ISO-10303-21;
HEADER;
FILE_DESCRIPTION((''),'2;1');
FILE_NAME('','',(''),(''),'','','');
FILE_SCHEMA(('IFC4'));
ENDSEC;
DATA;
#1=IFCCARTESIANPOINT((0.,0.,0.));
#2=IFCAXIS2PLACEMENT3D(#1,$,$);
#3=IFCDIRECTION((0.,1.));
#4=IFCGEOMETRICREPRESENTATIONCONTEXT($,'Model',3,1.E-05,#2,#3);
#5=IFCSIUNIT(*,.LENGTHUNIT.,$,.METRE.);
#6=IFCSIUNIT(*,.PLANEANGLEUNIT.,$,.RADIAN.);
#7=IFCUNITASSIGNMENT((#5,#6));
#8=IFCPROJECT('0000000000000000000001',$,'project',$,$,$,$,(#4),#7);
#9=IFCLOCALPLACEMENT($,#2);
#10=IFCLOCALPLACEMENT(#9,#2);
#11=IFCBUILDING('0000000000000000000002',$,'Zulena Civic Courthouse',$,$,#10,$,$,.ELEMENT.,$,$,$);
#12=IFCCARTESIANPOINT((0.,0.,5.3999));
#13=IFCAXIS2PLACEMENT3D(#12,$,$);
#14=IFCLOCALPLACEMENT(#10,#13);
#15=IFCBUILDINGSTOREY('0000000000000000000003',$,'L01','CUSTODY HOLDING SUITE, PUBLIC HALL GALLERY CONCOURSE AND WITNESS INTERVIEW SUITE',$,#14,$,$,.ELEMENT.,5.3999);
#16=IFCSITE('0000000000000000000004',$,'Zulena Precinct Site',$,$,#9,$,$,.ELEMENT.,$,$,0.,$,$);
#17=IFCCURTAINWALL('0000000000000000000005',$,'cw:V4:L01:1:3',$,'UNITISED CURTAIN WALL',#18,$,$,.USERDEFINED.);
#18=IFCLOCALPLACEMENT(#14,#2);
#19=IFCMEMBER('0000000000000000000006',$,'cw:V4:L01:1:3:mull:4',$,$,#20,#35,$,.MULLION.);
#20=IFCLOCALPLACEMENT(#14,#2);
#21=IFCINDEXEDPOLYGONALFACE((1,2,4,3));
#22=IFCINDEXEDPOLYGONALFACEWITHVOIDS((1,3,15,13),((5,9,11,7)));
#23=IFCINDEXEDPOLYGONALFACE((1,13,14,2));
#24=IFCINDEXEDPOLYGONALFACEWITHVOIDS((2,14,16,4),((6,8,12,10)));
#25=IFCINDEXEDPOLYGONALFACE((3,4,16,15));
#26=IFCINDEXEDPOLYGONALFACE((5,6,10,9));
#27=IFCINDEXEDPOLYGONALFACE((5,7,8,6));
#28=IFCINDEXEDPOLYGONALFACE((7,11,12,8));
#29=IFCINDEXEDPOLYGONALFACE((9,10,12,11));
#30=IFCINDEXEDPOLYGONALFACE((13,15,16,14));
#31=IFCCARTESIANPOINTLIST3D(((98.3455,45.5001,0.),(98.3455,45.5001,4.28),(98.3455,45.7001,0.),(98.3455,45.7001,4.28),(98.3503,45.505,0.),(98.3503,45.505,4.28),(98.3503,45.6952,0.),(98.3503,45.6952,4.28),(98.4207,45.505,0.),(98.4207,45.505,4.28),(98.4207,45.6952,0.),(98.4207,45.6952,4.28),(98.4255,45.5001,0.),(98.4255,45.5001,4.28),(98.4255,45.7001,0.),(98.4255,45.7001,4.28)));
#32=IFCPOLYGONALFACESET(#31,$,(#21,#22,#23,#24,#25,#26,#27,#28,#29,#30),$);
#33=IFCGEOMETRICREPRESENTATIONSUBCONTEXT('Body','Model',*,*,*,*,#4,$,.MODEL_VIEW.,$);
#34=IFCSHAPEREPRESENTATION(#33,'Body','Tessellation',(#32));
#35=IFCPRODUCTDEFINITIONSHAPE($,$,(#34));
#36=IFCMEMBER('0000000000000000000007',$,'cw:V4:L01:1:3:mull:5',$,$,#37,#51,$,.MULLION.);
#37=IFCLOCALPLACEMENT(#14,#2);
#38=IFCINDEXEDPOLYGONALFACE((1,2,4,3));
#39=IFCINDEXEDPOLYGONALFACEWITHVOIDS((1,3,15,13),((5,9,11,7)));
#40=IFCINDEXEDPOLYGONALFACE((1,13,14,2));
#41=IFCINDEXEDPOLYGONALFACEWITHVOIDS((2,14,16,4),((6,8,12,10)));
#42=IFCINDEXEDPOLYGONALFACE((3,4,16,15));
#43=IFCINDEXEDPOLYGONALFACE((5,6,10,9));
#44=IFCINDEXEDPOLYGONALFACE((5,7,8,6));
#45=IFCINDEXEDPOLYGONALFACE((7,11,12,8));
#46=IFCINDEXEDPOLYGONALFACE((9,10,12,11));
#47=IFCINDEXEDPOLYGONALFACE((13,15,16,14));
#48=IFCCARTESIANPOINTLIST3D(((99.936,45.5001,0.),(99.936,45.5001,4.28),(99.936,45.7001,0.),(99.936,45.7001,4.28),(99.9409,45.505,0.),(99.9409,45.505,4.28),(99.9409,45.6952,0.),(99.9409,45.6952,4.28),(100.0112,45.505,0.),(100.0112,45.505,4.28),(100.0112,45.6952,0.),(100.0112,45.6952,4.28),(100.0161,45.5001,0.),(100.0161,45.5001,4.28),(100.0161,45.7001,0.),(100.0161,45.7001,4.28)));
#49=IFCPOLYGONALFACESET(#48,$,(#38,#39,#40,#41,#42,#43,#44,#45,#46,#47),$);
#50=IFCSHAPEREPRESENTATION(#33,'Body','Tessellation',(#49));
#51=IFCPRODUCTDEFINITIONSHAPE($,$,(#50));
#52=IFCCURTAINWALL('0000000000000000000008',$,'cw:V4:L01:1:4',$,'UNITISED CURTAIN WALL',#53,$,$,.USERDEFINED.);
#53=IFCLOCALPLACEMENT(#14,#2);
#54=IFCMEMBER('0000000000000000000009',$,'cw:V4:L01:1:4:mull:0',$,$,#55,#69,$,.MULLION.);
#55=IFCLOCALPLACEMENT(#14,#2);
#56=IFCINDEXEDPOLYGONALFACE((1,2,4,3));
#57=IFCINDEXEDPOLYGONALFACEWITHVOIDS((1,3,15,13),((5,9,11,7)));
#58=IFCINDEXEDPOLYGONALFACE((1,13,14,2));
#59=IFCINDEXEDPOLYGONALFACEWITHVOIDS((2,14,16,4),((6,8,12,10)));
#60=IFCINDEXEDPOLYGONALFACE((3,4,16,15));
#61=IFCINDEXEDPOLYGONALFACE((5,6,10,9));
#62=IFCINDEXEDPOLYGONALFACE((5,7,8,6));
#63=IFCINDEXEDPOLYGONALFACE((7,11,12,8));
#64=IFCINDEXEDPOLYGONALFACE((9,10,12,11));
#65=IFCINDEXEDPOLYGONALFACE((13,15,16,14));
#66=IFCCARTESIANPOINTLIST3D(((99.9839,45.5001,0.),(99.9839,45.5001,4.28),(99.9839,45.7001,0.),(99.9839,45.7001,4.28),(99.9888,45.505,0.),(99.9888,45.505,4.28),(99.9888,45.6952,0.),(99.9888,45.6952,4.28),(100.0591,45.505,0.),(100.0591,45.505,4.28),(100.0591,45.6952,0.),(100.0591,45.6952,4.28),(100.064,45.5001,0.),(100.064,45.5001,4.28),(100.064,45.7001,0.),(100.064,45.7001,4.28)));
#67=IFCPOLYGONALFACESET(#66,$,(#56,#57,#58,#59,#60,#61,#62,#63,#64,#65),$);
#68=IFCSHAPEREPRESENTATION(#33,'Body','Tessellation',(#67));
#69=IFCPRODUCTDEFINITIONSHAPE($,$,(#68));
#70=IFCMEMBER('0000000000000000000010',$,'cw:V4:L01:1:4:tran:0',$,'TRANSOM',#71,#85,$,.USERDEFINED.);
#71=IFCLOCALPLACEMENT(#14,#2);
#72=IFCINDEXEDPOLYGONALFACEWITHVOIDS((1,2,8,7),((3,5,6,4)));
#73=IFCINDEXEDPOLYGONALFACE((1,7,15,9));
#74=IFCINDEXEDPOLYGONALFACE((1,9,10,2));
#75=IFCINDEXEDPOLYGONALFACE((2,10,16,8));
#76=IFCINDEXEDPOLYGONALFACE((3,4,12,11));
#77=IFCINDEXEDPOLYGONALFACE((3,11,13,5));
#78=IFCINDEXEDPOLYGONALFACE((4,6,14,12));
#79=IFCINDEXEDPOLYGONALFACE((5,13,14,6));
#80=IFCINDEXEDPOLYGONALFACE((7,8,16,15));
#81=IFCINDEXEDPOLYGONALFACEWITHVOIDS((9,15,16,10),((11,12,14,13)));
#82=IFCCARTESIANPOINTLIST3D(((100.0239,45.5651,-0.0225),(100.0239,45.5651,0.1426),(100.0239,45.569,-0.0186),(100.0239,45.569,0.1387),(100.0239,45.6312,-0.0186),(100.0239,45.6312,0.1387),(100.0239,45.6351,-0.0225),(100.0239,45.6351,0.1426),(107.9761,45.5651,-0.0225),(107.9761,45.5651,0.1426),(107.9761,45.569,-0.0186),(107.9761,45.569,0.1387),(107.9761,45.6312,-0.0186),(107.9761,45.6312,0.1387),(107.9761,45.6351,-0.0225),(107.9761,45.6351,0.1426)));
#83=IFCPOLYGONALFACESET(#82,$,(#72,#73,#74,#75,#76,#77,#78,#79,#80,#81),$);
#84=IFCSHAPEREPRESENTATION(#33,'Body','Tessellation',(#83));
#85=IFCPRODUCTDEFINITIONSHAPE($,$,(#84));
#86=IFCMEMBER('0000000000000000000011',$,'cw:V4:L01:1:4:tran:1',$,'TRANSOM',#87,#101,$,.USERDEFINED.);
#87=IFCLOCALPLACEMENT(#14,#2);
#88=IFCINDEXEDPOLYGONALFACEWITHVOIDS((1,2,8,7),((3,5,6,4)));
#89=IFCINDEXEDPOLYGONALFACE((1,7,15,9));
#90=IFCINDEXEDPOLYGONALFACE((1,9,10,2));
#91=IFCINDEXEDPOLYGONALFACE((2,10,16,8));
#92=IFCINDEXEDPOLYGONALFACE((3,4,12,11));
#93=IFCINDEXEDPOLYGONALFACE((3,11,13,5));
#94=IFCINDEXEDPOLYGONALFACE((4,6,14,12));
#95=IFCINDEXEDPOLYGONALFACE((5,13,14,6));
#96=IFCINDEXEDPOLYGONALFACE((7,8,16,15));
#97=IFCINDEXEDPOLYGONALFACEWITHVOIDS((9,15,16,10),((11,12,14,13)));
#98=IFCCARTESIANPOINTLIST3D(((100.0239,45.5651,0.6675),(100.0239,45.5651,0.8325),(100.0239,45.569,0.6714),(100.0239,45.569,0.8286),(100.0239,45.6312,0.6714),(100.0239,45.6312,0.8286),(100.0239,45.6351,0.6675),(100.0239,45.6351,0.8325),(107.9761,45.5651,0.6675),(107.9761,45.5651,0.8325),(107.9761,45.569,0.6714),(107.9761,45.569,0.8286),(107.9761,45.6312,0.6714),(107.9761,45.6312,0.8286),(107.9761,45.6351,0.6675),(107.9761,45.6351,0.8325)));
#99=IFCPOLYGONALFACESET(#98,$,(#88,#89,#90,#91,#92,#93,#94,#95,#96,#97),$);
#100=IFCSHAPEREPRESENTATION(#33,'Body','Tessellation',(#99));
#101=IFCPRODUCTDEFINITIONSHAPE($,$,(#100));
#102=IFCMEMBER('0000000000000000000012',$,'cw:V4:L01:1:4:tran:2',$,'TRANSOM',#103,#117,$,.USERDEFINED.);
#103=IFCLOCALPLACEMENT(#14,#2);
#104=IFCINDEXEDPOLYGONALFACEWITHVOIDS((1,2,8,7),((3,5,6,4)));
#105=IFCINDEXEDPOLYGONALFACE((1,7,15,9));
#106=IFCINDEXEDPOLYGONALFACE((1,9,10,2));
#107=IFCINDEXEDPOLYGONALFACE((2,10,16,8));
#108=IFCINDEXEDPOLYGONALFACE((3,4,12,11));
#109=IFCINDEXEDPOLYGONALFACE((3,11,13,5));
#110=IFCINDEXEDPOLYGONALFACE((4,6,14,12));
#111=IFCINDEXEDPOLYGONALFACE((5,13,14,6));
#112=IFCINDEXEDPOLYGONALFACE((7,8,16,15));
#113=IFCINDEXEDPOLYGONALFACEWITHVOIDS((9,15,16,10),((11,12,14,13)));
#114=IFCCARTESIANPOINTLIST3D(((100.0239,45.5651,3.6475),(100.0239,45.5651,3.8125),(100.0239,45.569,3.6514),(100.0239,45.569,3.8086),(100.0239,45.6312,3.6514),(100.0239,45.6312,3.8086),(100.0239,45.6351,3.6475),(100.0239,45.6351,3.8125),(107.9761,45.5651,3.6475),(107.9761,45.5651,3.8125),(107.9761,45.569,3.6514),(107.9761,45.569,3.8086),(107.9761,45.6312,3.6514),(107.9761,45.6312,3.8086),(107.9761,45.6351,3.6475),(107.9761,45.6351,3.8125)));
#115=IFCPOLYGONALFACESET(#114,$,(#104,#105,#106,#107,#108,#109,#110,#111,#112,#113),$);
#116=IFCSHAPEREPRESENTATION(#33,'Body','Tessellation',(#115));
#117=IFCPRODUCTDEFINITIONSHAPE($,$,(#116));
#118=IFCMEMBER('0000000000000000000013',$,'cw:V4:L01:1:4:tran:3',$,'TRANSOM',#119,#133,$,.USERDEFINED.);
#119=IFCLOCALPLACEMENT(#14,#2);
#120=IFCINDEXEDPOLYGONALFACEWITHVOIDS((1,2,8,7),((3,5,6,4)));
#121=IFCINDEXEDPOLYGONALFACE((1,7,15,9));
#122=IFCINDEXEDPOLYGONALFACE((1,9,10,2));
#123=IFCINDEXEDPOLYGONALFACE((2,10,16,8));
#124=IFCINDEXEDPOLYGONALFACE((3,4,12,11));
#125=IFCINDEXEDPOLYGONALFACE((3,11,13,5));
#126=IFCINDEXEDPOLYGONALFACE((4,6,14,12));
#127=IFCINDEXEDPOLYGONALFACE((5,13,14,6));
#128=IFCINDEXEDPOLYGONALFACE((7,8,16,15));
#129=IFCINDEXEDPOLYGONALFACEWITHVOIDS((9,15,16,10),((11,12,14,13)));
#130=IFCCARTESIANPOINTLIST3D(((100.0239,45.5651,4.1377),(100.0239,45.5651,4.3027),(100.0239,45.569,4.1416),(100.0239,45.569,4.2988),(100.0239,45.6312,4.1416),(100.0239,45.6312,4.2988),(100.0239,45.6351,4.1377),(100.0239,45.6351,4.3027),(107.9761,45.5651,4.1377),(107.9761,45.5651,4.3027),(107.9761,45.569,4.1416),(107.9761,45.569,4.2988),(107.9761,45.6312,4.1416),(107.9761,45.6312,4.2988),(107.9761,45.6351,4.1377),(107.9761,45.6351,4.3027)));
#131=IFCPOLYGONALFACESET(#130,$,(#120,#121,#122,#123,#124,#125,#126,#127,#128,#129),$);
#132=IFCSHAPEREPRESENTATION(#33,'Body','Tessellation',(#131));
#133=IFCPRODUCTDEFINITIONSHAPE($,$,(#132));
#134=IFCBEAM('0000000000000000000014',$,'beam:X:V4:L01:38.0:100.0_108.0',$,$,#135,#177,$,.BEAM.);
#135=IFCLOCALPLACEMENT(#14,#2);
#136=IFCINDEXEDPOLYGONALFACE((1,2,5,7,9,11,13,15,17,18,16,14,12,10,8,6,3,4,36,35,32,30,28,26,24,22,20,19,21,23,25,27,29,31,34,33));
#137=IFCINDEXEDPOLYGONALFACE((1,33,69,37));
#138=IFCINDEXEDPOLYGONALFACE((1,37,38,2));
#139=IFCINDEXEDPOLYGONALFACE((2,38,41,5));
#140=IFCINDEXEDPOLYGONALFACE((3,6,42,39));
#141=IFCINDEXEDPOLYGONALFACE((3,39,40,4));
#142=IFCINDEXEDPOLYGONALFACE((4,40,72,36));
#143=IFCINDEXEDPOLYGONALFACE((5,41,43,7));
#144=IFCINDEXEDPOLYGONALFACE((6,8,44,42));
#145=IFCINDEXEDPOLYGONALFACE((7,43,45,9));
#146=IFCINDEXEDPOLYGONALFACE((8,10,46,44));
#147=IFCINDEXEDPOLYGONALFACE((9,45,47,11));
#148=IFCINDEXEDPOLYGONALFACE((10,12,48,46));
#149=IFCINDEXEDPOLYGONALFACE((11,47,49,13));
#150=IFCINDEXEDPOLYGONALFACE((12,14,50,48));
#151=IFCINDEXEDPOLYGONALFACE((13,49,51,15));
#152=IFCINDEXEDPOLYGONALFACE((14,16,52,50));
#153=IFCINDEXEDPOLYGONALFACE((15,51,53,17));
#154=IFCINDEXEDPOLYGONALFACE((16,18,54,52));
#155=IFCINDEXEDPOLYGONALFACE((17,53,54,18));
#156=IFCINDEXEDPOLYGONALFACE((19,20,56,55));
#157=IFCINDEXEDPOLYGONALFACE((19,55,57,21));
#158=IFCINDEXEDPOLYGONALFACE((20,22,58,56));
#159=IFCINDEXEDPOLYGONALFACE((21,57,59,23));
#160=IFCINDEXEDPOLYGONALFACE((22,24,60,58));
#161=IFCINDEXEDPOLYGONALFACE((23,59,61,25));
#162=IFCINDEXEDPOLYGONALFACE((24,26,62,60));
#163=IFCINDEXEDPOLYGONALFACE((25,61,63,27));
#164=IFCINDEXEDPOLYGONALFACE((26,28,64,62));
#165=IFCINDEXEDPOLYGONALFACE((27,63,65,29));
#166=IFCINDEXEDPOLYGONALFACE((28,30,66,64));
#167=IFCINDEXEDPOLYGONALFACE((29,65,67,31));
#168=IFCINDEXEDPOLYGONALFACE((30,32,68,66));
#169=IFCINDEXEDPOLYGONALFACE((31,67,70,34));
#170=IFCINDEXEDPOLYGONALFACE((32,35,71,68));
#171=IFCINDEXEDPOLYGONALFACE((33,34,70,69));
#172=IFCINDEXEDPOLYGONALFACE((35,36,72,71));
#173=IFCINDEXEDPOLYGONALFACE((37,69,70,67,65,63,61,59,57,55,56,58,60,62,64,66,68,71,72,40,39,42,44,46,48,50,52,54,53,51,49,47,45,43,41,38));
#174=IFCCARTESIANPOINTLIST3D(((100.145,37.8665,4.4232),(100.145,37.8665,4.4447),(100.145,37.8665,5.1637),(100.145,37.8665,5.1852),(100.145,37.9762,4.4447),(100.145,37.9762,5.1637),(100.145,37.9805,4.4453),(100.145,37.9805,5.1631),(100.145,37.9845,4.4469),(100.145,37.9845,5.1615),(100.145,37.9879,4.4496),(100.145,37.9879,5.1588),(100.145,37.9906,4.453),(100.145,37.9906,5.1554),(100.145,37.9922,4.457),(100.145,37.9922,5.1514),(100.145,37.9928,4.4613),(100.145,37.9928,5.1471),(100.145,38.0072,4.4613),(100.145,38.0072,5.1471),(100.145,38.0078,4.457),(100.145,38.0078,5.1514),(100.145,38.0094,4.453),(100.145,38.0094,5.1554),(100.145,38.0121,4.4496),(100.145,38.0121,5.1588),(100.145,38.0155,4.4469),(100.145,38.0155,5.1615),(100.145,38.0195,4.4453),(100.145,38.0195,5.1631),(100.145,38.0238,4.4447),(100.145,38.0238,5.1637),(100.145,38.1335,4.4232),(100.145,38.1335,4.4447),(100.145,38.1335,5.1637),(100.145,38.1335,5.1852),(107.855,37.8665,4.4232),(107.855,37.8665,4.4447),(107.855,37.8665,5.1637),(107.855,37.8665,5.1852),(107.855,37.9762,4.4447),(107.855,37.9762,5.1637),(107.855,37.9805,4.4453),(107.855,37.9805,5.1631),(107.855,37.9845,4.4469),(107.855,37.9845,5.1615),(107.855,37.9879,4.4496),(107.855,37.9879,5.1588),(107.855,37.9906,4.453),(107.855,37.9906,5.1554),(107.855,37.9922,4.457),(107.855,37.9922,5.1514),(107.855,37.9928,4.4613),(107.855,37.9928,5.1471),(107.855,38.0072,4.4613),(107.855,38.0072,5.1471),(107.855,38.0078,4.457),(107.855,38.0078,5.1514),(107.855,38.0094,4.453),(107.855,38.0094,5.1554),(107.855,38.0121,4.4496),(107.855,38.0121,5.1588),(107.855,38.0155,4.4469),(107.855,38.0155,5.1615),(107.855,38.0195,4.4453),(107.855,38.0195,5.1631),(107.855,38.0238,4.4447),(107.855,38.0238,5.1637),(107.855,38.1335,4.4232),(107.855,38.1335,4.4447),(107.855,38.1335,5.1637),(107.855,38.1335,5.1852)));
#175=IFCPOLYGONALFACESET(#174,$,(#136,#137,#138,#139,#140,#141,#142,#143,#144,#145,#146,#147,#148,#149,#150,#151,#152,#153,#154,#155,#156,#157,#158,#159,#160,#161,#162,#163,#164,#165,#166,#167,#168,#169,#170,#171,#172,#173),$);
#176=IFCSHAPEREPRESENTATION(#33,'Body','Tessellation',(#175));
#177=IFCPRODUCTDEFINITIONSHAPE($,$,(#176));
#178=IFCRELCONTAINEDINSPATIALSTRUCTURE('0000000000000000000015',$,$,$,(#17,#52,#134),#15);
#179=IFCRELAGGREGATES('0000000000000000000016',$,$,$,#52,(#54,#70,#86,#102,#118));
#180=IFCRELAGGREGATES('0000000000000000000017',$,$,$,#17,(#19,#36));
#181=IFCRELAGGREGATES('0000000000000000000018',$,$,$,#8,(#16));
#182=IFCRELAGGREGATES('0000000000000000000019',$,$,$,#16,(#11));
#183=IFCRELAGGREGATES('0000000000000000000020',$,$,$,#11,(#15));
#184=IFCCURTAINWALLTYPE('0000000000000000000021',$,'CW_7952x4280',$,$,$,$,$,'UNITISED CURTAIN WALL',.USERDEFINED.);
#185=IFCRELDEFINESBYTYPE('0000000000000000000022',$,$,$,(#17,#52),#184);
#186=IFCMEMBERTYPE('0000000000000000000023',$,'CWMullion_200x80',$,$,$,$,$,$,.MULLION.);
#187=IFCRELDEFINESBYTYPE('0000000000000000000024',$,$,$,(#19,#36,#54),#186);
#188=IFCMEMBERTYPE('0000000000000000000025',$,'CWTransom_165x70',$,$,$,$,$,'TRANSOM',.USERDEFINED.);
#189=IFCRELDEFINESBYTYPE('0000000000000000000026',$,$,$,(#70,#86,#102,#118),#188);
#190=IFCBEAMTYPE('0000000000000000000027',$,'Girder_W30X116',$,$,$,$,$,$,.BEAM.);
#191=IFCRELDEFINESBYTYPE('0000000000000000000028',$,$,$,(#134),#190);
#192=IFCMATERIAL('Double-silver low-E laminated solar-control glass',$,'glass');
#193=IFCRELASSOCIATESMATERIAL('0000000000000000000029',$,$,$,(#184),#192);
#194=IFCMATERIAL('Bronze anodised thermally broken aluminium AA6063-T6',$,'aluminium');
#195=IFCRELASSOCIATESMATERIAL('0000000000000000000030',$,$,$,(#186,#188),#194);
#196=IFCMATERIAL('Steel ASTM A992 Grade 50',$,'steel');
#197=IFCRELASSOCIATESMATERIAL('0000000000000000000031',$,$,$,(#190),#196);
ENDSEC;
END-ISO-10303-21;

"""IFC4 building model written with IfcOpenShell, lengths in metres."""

from ifc_helpers import new_model, si_unit, direction, frame, origin, origin_2d, place, context, subcontext, project, spatial, hollow_rectangle, i_section, extrude, material, material_profile, profile_set, type_object, element, aggregate, save


model = new_model("IFC4")

# Units and contexts
model_context = context("Model", 3, precision=1e-05, world=origin(), true_north=direction((0.0, 1.0)))
body_context = subcontext(model_context, "Body", "Model", "MODEL_VIEW")
ifc_project = project(units=[si_unit("LENGTHUNIT", "METRE"), si_unit("PLANEANGLEUNIT", "RADIAN")], contexts=[model_context])

# Site, building, storey
site_placement = place(None, origin())
site = spatial("IfcSite", under=ifc_project, at=site_placement, Name="Zulena Precinct Site", CompositionType="ELEMENT", RefElevation=0.0)
building_placement = place(site_placement, origin())
building = spatial("IfcBuilding", under=site, at=building_placement, Name="Zulena Civic Courthouse", CompositionType="ELEMENT")
storey_placement = place(building_placement, frame((0.0, 0.0, 5.3999)))
storey = spatial("IfcBuildingStorey", under=building, at=storey_placement, Name="L01", Description="CUSTODY HOLDING SUITE, PUBLIC HALL GALLERY CONCOURSE AND WITNESS INTERVIEW SUITE", CompositionType="ELEMENT", Elevation=5.3999)

# Shared definitions
ifc_material_1 = material(Name="Steel ASTM A992 Grade 50", Category="steel")

# Curtain walls, members
ifc_material_2 = material(Name="Double-silver low-E laminated solar-control glass", Category="glass")
curtain_wall_type = type_object("IfcCurtainWallType", Name="CW_7952x4280", ElementType="UNITISED CURTAIN WALL", PredefinedType="USERDEFINED", material=ifc_material_2)
curtain_wall_1_placement = place(storey_placement, origin())
curtain_wall_1 = element("IfcCurtainWall", 1, at=curtain_wall_1_placement, inside=storey, type_object=curtain_wall_type, Name="cw:V4:L01:1:3", ObjectType="UNITISED CURTAIN WALL", PredefinedType="USERDEFINED")
ifc_material_3 = material(Name="Bronze anodised thermally broken aluminium AA6063-T6", Category="aluminium")
ifc_material_profile_1 = material_profile(ifc_material_3, hollow_rectangle(XDim=0.0801, YDim=0.2, WallThickness=0.0049, at=origin_2d()), Name="CWM200X80X5")
ifc_profile_set_1 = profile_set([ifc_material_profile_1], Name="Bronze anodised thermally broken aluminium AA6063-T6")
member_type_1 = type_object("IfcMemberType", Name="CWMullion_200x80", PredefinedType="MULLION", material=ifc_profile_set_1)
member_1_placement = place(storey_placement, frame((98.3855, 45.6001, 0.0), z_axis=(0.0, 0.0, 1.0), x_axis=(1.0, 0.0, 0.0)))
member_1 = element("IfcMember", 2, at=member_1_placement, type_object=member_type_1, Name="cw:V4:L01:1:3:mull:4", PredefinedType="MULLION", context=body_context, shape_type="SweptSolid", body=[
    extrude(hollow_rectangle(XDim=0.0801, YDim=0.2, WallThickness=0.0049, at=origin_2d()), origin(), (0.0, 0.0, 1.0), 4.28),
])
member_2_placement = place(storey_placement, frame((99.9761, 45.6001, 0.0), z_axis=(0.0, 0.0, 1.0), x_axis=(1.0, 0.0, 0.0)))
member_2 = element("IfcMember", 3, at=member_2_placement, type_object=member_type_1, Name="cw:V4:L01:1:3:mull:5", PredefinedType="MULLION", context=body_context, shape_type="SweptSolid", body=[
    extrude(hollow_rectangle(XDim=0.0801, YDim=0.2, WallThickness=0.0049, at=origin_2d()), origin(), (0.0, 0.0, 1.0), 4.28),
])
curtain_wall_2_placement = place(storey_placement, origin())
curtain_wall_2 = element("IfcCurtainWall", 4, at=curtain_wall_2_placement, inside=storey, type_object=curtain_wall_type, Name="cw:V4:L01:1:4", ObjectType="UNITISED CURTAIN WALL", PredefinedType="USERDEFINED")
member_3_placement = place(storey_placement, frame((100.0239, 45.6001, 0.0), z_axis=(0.0, 0.0, 1.0), x_axis=(1.0, 0.0, 0.0)))
member_3 = element("IfcMember", 5, at=member_3_placement, type_object=member_type_1, Name="cw:V4:L01:1:4:mull:0", PredefinedType="MULLION", context=body_context, shape_type="SweptSolid", body=[
    extrude(hollow_rectangle(XDim=0.0801, YDim=0.2, WallThickness=0.0049, at=origin_2d()), origin(), (0.0, 0.0, 1.0), 4.28),
])
ifc_material_profile_2 = material_profile(ifc_material_3, hollow_rectangle(XDim=0.0701, YDim=0.165, WallThickness=0.0039, at=origin_2d()), Name="CWT165X70X4")
ifc_profile_set_2 = profile_set([ifc_material_profile_2], Name="Bronze anodised thermally broken aluminium AA6063-T6")
member_type_2 = type_object("IfcMemberType", Name="CWTransom_165x70", ElementType="TRANSOM", PredefinedType="USERDEFINED", material=ifc_profile_set_2)
member_4_placement = place(storey_placement, frame((100.0239, 45.6001, 0.0601), z_axis=(1.0, 0.0, 0.0), x_axis=(0.0, 1.0, 0.0)))
member_4 = element("IfcMember", 6, at=member_4_placement, type_object=member_type_2, Name="cw:V4:L01:1:4:tran:0", ObjectType="TRANSOM", PredefinedType="USERDEFINED", context=body_context, shape_type="SweptSolid", body=[
    extrude(hollow_rectangle(XDim=0.0701, YDim=0.165, WallThickness=0.0039, at=origin_2d()), origin(), (0.0, 0.0, 1.0), 7.9521),
])
member_5_placement = place(storey_placement, frame((100.0239, 45.6001, 0.75), z_axis=(1.0, 0.0, 0.0), x_axis=(0.0, 1.0, 0.0)))
member_5 = element("IfcMember", 7, at=member_5_placement, type_object=member_type_2, Name="cw:V4:L01:1:4:tran:1", ObjectType="TRANSOM", PredefinedType="USERDEFINED", context=body_context, shape_type="SweptSolid", body=[
    extrude(hollow_rectangle(XDim=0.0701, YDim=0.165, WallThickness=0.0039, at=origin_2d()), origin(), (0.0, 0.0, 1.0), 7.9521),
])
member_6_placement = place(storey_placement, frame((100.0239, 45.6001, 3.73), z_axis=(1.0, 0.0, 0.0), x_axis=(0.0, 1.0, 0.0)))
member_6 = element("IfcMember", 8, at=member_6_placement, type_object=member_type_2, Name="cw:V4:L01:1:4:tran:2", ObjectType="TRANSOM", PredefinedType="USERDEFINED", context=body_context, shape_type="SweptSolid", body=[
    extrude(hollow_rectangle(XDim=0.0701, YDim=0.165, WallThickness=0.0039, at=origin_2d()), origin(), (0.0, 0.0, 1.0), 7.9521),
])
member_7_placement = place(storey_placement, frame((100.0239, 45.6001, 4.2202), z_axis=(1.0, 0.0, 0.0), x_axis=(0.0, 1.0, 0.0)))
member_7 = element("IfcMember", 9, at=member_7_placement, type_object=member_type_2, Name="cw:V4:L01:1:4:tran:3", ObjectType="TRANSOM", PredefinedType="USERDEFINED", context=body_context, shape_type="SweptSolid", body=[
    extrude(hollow_rectangle(XDim=0.0701, YDim=0.165, WallThickness=0.0039, at=origin_2d()), origin(), (0.0, 0.0, 1.0), 7.9521),
])
aggregate(curtain_wall_2, [member_3, member_4, member_5, member_6, member_7])

# Beam
ifc_material_profile_3 = material_profile(ifc_material_1, i_section(OverallWidth=0.2671, OverallDepth=0.762, WebThickness=0.0144, FlangeThickness=0.0215, FilletRadius=0.0166, at=origin_2d()), Name="W30X116")
ifc_profile_set_3 = profile_set([ifc_material_profile_3], Name="Steel ASTM A992 Grade 50")
beam_type_1 = type_object("IfcBeamType", Name="Girder_W30X116", PredefinedType="BEAM", material=ifc_profile_set_3)
beam_1_placement = place(storey_placement, frame((100.145, 38.0, 4.8042), z_axis=(1.0, 0.0, 0.0), x_axis=(0.0, 1.0, 0.0)))
element("IfcBeam", 10, at=beam_1_placement, inside=storey, type_object=beam_type_1, Name="beam:X:V4:L01:38.0:100.0_108.0", PredefinedType="BEAM", context=body_context, shape_type="SweptSolid", body=[
    extrude(i_section(OverallWidth=0.2671, OverallDepth=0.762, WebThickness=0.0144, FlangeThickness=0.0215, FilletRadius=0.0166, at=origin_2d()), origin(), (0.0, 0.0, 1.0), 7.71),
])

aggregate(curtain_wall_1, [member_1, member_2])

save(model, "model.ifc")
